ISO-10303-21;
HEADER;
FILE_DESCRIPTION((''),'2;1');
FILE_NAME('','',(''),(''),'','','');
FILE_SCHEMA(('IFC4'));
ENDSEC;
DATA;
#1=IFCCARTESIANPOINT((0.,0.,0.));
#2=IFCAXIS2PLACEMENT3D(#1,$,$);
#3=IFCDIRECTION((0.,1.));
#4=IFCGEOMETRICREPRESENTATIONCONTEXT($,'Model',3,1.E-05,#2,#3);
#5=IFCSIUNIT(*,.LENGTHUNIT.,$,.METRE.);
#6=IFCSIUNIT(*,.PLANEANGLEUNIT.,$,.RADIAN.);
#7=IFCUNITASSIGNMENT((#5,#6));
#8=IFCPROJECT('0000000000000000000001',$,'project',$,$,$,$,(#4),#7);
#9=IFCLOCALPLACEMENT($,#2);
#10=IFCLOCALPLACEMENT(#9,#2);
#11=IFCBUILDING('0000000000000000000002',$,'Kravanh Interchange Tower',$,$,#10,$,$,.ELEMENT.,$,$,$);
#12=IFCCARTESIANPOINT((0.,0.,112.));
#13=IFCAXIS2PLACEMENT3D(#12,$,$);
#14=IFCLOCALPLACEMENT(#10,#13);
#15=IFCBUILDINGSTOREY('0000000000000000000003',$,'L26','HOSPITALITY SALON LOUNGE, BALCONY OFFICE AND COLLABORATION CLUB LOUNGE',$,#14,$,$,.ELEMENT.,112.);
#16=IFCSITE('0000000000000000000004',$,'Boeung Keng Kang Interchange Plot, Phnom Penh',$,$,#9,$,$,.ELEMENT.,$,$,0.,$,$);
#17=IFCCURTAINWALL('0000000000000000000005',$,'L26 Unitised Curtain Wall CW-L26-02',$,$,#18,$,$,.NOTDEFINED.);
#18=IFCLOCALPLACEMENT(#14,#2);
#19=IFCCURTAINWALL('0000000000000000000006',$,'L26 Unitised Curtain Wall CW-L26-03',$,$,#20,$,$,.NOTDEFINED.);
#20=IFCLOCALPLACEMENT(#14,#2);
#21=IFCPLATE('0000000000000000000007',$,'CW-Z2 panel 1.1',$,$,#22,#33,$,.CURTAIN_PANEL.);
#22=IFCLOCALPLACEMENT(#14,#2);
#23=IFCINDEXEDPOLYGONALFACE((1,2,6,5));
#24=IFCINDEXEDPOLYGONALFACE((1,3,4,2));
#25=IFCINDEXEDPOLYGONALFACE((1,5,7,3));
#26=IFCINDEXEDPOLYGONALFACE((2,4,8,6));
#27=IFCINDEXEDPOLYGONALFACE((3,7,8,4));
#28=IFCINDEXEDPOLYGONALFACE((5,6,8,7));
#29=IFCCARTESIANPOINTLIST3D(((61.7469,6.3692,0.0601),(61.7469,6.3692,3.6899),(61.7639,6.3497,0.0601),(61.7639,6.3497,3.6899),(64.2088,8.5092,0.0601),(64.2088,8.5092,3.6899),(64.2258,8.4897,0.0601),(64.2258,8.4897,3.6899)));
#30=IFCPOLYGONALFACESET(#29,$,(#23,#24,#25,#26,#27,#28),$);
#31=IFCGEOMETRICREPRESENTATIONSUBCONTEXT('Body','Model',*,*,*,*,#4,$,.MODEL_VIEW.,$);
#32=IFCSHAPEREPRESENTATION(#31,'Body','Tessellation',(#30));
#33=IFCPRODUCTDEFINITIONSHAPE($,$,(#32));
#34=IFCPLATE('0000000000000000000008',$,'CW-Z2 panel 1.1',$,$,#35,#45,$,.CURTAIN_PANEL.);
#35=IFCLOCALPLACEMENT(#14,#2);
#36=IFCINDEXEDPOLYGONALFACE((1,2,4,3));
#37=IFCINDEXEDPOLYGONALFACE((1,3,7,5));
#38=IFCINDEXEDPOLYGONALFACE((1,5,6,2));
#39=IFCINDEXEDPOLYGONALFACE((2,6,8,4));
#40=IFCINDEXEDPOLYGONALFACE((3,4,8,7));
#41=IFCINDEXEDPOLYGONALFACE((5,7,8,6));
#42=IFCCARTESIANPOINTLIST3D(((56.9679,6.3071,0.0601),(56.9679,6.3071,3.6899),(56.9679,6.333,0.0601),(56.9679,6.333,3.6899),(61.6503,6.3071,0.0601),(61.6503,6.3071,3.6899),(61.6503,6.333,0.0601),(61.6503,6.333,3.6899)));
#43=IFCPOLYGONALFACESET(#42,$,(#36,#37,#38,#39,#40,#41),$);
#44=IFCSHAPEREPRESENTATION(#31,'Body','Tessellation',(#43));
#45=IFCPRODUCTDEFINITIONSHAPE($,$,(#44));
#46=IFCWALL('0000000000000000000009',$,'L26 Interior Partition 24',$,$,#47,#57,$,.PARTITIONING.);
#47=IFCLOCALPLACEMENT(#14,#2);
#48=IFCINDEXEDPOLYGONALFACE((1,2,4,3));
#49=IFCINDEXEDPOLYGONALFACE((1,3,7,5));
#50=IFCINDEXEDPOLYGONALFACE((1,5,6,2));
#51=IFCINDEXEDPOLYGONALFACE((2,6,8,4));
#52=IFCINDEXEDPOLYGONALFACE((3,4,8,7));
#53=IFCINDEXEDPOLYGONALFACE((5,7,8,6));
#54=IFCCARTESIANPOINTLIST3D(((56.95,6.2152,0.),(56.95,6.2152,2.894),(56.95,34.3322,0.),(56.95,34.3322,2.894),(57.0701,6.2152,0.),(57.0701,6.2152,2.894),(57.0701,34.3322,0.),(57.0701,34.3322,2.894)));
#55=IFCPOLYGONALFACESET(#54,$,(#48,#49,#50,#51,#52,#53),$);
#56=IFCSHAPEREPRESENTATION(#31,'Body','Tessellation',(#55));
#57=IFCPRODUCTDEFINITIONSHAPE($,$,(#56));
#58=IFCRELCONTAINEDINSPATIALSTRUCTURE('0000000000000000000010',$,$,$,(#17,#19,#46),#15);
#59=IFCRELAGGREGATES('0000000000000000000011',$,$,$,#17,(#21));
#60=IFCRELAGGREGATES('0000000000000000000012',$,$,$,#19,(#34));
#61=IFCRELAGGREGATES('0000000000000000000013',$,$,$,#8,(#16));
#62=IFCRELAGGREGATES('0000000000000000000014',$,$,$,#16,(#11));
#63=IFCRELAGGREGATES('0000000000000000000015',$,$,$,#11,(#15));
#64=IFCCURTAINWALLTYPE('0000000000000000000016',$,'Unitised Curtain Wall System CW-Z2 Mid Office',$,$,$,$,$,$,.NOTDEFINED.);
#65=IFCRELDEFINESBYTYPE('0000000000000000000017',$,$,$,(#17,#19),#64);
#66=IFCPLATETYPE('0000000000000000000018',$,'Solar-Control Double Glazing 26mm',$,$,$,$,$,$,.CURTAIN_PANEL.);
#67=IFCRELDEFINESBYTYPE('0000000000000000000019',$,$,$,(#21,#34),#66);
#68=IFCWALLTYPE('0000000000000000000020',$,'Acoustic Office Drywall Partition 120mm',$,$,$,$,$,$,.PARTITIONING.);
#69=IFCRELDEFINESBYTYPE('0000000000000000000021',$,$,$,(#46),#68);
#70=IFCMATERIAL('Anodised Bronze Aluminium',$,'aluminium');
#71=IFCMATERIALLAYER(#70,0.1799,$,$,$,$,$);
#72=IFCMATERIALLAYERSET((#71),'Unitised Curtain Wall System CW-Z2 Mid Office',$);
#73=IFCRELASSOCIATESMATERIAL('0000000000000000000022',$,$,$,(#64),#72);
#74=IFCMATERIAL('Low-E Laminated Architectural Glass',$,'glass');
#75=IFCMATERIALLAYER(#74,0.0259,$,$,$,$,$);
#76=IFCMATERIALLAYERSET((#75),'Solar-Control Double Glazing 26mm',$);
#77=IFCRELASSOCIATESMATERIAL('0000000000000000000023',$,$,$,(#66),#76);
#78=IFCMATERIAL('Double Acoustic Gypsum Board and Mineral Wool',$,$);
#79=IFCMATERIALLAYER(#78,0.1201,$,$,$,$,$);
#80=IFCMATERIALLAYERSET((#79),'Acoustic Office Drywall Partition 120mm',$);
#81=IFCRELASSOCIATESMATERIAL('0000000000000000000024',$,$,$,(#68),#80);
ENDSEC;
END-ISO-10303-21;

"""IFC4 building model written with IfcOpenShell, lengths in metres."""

from ifc_helpers import new_model, si_unit, direction, frame, frame_2d, origin, origin_2d, place, context, subcontext, project, spatial, rectangle, extrude, material, layer, layer_set, type_object, element, aggregate, save


model = new_model("IFC4")

# Units and contexts
model_context = context("Model", 3, precision=1e-05, world=origin(), true_north=direction((0.0, 1.0)))
body_context = subcontext(model_context, "Body", "Model", "MODEL_VIEW")
ifc_project = project(units=[si_unit("LENGTHUNIT", "METRE"), si_unit("PLANEANGLEUNIT", "RADIAN")], contexts=[model_context])

# Site, building, storey
site_placement = place(None, origin())
site = spatial("IfcSite", under=ifc_project, at=site_placement, Name="Boeung Keng Kang Interchange Plot, Phnom Penh", CompositionType="ELEMENT", RefElevation=0.0)
building_placement = place(site_placement, origin())
building = spatial("IfcBuilding", under=site, at=building_placement, Name="Kravanh Interchange Tower", CompositionType="ELEMENT")
storey_placement = place(building_placement, frame((0.0, 0.0, 112.0)))
storey = spatial("IfcBuildingStorey", under=building, at=storey_placement, Name="L26", Description="HOSPITALITY SALON LOUNGE, BALCONY OFFICE AND COLLABORATION CLUB LOUNGE", CompositionType="ELEMENT", Elevation=112.0)

# Curtain walls
ifc_material_1 = material(Name="Anodised Bronze Aluminium", Category="aluminium")
ifc_layer_1 = layer(ifc_material_1, 0.1799)
ifc_layer_set_1 = layer_set([ifc_layer_1], Name="Unitised Curtain Wall System CW-Z2 Mid Office")
curtain_wall_type = type_object("IfcCurtainWallType", Name="Unitised Curtain Wall System CW-Z2 Mid Office", PredefinedType="NOTDEFINED", material=ifc_layer_set_1)
curtain_wall_1_placement = place(storey_placement, origin())
curtain_wall_1 = element("IfcCurtainWall", 1, at=curtain_wall_1_placement, inside=storey, type_object=curtain_wall_type, Name="L26 Unitised Curtain Wall CW-L26-02", PredefinedType="NOTDEFINED")
curtain_wall_2_placement = place(storey_placement, origin())
curtain_wall_2 = element("IfcCurtainWall", 2, at=curtain_wall_2_placement, inside=storey, type_object=curtain_wall_type, Name="L26 Unitised Curtain Wall CW-L26-03", PredefinedType="NOTDEFINED")

# Plates
ifc_material_2 = material(Name="Low-E Laminated Architectural Glass", Category="glass")
ifc_layer_2 = layer(ifc_material_2, 0.0259)
ifc_layer_set_2 = layer_set([ifc_layer_2], Name="Solar-Control Double Glazing 26mm")
plate_type = type_object("IfcPlateType", Name="Solar-Control Double Glazing 26mm", PredefinedType="CURTAIN_PANEL", material=ifc_layer_set_2)
plate_1_placement = place(storey_placement, frame((62.9863, 7.4294, 0.0601), z_axis=(0.0, 0.0, 1.0), x_axis=(-0.754719, -0.656048, 0.0)))
plate_1 = element("IfcPlate", 3, at=plate_1_placement, type_object=plate_type, Name="CW-Z2 panel 1.1", PredefinedType="CURTAIN_PANEL", context=body_context, shape_type="SweptSolid", body=[
    extrude(rectangle(XDim=3.262, YDim=0.0259, at=origin_2d()), origin(), (0.0, 0.0, 1.0), 3.6299),
])
aggregate(curtain_wall_1, [plate_1])
plate_2_placement = place(storey_placement, frame((59.3091, 6.3201, 0.0601), z_axis=(0.0, 0.0, 1.0), x_axis=(-1.0, 0.0, 0.0)))
plate_2 = element("IfcPlate", 4, at=plate_2_placement, type_object=plate_type, Name="CW-Z2 panel 1.1", PredefinedType="CURTAIN_PANEL", context=body_context, shape_type="SweptSolid", body=[
    extrude(rectangle(XDim=4.6824, YDim=0.0259, at=origin_2d()), origin(), (0.0, 0.0, 1.0), 3.6299),
])
aggregate(curtain_wall_2, [plate_2])

# Wall
ifc_material_3 = material(Name="Double Acoustic Gypsum Board and Mineral Wool")
ifc_layer_3 = layer(ifc_material_3, 0.1201)
ifc_layer_set_3 = layer_set([ifc_layer_3], Name="Acoustic Office Drywall Partition 120mm")
wall_type = type_object("IfcWallType", Name="Acoustic Office Drywall Partition 120mm", PredefinedType="PARTITIONING", material=ifc_layer_set_3)
wall_placement = place(storey_placement, frame((57.01, 6.2151, 0.0), z_axis=(0.0, 0.0, 1.0), x_axis=(0.0, 1.0, 0.0)))
element("IfcWall", 5, at=wall_placement, inside=storey, type_object=wall_type, Name="L26 Interior Partition 24", PredefinedType="PARTITIONING", context=body_context, shape_type="SweptSolid", body=[
    extrude(rectangle(XDim=28.1169, YDim=0.1201, at=frame_2d((14.0586, 0.0))), origin(), (0.0, 0.0, 1.0), 2.894),
])

save(model, "model.ifc")
